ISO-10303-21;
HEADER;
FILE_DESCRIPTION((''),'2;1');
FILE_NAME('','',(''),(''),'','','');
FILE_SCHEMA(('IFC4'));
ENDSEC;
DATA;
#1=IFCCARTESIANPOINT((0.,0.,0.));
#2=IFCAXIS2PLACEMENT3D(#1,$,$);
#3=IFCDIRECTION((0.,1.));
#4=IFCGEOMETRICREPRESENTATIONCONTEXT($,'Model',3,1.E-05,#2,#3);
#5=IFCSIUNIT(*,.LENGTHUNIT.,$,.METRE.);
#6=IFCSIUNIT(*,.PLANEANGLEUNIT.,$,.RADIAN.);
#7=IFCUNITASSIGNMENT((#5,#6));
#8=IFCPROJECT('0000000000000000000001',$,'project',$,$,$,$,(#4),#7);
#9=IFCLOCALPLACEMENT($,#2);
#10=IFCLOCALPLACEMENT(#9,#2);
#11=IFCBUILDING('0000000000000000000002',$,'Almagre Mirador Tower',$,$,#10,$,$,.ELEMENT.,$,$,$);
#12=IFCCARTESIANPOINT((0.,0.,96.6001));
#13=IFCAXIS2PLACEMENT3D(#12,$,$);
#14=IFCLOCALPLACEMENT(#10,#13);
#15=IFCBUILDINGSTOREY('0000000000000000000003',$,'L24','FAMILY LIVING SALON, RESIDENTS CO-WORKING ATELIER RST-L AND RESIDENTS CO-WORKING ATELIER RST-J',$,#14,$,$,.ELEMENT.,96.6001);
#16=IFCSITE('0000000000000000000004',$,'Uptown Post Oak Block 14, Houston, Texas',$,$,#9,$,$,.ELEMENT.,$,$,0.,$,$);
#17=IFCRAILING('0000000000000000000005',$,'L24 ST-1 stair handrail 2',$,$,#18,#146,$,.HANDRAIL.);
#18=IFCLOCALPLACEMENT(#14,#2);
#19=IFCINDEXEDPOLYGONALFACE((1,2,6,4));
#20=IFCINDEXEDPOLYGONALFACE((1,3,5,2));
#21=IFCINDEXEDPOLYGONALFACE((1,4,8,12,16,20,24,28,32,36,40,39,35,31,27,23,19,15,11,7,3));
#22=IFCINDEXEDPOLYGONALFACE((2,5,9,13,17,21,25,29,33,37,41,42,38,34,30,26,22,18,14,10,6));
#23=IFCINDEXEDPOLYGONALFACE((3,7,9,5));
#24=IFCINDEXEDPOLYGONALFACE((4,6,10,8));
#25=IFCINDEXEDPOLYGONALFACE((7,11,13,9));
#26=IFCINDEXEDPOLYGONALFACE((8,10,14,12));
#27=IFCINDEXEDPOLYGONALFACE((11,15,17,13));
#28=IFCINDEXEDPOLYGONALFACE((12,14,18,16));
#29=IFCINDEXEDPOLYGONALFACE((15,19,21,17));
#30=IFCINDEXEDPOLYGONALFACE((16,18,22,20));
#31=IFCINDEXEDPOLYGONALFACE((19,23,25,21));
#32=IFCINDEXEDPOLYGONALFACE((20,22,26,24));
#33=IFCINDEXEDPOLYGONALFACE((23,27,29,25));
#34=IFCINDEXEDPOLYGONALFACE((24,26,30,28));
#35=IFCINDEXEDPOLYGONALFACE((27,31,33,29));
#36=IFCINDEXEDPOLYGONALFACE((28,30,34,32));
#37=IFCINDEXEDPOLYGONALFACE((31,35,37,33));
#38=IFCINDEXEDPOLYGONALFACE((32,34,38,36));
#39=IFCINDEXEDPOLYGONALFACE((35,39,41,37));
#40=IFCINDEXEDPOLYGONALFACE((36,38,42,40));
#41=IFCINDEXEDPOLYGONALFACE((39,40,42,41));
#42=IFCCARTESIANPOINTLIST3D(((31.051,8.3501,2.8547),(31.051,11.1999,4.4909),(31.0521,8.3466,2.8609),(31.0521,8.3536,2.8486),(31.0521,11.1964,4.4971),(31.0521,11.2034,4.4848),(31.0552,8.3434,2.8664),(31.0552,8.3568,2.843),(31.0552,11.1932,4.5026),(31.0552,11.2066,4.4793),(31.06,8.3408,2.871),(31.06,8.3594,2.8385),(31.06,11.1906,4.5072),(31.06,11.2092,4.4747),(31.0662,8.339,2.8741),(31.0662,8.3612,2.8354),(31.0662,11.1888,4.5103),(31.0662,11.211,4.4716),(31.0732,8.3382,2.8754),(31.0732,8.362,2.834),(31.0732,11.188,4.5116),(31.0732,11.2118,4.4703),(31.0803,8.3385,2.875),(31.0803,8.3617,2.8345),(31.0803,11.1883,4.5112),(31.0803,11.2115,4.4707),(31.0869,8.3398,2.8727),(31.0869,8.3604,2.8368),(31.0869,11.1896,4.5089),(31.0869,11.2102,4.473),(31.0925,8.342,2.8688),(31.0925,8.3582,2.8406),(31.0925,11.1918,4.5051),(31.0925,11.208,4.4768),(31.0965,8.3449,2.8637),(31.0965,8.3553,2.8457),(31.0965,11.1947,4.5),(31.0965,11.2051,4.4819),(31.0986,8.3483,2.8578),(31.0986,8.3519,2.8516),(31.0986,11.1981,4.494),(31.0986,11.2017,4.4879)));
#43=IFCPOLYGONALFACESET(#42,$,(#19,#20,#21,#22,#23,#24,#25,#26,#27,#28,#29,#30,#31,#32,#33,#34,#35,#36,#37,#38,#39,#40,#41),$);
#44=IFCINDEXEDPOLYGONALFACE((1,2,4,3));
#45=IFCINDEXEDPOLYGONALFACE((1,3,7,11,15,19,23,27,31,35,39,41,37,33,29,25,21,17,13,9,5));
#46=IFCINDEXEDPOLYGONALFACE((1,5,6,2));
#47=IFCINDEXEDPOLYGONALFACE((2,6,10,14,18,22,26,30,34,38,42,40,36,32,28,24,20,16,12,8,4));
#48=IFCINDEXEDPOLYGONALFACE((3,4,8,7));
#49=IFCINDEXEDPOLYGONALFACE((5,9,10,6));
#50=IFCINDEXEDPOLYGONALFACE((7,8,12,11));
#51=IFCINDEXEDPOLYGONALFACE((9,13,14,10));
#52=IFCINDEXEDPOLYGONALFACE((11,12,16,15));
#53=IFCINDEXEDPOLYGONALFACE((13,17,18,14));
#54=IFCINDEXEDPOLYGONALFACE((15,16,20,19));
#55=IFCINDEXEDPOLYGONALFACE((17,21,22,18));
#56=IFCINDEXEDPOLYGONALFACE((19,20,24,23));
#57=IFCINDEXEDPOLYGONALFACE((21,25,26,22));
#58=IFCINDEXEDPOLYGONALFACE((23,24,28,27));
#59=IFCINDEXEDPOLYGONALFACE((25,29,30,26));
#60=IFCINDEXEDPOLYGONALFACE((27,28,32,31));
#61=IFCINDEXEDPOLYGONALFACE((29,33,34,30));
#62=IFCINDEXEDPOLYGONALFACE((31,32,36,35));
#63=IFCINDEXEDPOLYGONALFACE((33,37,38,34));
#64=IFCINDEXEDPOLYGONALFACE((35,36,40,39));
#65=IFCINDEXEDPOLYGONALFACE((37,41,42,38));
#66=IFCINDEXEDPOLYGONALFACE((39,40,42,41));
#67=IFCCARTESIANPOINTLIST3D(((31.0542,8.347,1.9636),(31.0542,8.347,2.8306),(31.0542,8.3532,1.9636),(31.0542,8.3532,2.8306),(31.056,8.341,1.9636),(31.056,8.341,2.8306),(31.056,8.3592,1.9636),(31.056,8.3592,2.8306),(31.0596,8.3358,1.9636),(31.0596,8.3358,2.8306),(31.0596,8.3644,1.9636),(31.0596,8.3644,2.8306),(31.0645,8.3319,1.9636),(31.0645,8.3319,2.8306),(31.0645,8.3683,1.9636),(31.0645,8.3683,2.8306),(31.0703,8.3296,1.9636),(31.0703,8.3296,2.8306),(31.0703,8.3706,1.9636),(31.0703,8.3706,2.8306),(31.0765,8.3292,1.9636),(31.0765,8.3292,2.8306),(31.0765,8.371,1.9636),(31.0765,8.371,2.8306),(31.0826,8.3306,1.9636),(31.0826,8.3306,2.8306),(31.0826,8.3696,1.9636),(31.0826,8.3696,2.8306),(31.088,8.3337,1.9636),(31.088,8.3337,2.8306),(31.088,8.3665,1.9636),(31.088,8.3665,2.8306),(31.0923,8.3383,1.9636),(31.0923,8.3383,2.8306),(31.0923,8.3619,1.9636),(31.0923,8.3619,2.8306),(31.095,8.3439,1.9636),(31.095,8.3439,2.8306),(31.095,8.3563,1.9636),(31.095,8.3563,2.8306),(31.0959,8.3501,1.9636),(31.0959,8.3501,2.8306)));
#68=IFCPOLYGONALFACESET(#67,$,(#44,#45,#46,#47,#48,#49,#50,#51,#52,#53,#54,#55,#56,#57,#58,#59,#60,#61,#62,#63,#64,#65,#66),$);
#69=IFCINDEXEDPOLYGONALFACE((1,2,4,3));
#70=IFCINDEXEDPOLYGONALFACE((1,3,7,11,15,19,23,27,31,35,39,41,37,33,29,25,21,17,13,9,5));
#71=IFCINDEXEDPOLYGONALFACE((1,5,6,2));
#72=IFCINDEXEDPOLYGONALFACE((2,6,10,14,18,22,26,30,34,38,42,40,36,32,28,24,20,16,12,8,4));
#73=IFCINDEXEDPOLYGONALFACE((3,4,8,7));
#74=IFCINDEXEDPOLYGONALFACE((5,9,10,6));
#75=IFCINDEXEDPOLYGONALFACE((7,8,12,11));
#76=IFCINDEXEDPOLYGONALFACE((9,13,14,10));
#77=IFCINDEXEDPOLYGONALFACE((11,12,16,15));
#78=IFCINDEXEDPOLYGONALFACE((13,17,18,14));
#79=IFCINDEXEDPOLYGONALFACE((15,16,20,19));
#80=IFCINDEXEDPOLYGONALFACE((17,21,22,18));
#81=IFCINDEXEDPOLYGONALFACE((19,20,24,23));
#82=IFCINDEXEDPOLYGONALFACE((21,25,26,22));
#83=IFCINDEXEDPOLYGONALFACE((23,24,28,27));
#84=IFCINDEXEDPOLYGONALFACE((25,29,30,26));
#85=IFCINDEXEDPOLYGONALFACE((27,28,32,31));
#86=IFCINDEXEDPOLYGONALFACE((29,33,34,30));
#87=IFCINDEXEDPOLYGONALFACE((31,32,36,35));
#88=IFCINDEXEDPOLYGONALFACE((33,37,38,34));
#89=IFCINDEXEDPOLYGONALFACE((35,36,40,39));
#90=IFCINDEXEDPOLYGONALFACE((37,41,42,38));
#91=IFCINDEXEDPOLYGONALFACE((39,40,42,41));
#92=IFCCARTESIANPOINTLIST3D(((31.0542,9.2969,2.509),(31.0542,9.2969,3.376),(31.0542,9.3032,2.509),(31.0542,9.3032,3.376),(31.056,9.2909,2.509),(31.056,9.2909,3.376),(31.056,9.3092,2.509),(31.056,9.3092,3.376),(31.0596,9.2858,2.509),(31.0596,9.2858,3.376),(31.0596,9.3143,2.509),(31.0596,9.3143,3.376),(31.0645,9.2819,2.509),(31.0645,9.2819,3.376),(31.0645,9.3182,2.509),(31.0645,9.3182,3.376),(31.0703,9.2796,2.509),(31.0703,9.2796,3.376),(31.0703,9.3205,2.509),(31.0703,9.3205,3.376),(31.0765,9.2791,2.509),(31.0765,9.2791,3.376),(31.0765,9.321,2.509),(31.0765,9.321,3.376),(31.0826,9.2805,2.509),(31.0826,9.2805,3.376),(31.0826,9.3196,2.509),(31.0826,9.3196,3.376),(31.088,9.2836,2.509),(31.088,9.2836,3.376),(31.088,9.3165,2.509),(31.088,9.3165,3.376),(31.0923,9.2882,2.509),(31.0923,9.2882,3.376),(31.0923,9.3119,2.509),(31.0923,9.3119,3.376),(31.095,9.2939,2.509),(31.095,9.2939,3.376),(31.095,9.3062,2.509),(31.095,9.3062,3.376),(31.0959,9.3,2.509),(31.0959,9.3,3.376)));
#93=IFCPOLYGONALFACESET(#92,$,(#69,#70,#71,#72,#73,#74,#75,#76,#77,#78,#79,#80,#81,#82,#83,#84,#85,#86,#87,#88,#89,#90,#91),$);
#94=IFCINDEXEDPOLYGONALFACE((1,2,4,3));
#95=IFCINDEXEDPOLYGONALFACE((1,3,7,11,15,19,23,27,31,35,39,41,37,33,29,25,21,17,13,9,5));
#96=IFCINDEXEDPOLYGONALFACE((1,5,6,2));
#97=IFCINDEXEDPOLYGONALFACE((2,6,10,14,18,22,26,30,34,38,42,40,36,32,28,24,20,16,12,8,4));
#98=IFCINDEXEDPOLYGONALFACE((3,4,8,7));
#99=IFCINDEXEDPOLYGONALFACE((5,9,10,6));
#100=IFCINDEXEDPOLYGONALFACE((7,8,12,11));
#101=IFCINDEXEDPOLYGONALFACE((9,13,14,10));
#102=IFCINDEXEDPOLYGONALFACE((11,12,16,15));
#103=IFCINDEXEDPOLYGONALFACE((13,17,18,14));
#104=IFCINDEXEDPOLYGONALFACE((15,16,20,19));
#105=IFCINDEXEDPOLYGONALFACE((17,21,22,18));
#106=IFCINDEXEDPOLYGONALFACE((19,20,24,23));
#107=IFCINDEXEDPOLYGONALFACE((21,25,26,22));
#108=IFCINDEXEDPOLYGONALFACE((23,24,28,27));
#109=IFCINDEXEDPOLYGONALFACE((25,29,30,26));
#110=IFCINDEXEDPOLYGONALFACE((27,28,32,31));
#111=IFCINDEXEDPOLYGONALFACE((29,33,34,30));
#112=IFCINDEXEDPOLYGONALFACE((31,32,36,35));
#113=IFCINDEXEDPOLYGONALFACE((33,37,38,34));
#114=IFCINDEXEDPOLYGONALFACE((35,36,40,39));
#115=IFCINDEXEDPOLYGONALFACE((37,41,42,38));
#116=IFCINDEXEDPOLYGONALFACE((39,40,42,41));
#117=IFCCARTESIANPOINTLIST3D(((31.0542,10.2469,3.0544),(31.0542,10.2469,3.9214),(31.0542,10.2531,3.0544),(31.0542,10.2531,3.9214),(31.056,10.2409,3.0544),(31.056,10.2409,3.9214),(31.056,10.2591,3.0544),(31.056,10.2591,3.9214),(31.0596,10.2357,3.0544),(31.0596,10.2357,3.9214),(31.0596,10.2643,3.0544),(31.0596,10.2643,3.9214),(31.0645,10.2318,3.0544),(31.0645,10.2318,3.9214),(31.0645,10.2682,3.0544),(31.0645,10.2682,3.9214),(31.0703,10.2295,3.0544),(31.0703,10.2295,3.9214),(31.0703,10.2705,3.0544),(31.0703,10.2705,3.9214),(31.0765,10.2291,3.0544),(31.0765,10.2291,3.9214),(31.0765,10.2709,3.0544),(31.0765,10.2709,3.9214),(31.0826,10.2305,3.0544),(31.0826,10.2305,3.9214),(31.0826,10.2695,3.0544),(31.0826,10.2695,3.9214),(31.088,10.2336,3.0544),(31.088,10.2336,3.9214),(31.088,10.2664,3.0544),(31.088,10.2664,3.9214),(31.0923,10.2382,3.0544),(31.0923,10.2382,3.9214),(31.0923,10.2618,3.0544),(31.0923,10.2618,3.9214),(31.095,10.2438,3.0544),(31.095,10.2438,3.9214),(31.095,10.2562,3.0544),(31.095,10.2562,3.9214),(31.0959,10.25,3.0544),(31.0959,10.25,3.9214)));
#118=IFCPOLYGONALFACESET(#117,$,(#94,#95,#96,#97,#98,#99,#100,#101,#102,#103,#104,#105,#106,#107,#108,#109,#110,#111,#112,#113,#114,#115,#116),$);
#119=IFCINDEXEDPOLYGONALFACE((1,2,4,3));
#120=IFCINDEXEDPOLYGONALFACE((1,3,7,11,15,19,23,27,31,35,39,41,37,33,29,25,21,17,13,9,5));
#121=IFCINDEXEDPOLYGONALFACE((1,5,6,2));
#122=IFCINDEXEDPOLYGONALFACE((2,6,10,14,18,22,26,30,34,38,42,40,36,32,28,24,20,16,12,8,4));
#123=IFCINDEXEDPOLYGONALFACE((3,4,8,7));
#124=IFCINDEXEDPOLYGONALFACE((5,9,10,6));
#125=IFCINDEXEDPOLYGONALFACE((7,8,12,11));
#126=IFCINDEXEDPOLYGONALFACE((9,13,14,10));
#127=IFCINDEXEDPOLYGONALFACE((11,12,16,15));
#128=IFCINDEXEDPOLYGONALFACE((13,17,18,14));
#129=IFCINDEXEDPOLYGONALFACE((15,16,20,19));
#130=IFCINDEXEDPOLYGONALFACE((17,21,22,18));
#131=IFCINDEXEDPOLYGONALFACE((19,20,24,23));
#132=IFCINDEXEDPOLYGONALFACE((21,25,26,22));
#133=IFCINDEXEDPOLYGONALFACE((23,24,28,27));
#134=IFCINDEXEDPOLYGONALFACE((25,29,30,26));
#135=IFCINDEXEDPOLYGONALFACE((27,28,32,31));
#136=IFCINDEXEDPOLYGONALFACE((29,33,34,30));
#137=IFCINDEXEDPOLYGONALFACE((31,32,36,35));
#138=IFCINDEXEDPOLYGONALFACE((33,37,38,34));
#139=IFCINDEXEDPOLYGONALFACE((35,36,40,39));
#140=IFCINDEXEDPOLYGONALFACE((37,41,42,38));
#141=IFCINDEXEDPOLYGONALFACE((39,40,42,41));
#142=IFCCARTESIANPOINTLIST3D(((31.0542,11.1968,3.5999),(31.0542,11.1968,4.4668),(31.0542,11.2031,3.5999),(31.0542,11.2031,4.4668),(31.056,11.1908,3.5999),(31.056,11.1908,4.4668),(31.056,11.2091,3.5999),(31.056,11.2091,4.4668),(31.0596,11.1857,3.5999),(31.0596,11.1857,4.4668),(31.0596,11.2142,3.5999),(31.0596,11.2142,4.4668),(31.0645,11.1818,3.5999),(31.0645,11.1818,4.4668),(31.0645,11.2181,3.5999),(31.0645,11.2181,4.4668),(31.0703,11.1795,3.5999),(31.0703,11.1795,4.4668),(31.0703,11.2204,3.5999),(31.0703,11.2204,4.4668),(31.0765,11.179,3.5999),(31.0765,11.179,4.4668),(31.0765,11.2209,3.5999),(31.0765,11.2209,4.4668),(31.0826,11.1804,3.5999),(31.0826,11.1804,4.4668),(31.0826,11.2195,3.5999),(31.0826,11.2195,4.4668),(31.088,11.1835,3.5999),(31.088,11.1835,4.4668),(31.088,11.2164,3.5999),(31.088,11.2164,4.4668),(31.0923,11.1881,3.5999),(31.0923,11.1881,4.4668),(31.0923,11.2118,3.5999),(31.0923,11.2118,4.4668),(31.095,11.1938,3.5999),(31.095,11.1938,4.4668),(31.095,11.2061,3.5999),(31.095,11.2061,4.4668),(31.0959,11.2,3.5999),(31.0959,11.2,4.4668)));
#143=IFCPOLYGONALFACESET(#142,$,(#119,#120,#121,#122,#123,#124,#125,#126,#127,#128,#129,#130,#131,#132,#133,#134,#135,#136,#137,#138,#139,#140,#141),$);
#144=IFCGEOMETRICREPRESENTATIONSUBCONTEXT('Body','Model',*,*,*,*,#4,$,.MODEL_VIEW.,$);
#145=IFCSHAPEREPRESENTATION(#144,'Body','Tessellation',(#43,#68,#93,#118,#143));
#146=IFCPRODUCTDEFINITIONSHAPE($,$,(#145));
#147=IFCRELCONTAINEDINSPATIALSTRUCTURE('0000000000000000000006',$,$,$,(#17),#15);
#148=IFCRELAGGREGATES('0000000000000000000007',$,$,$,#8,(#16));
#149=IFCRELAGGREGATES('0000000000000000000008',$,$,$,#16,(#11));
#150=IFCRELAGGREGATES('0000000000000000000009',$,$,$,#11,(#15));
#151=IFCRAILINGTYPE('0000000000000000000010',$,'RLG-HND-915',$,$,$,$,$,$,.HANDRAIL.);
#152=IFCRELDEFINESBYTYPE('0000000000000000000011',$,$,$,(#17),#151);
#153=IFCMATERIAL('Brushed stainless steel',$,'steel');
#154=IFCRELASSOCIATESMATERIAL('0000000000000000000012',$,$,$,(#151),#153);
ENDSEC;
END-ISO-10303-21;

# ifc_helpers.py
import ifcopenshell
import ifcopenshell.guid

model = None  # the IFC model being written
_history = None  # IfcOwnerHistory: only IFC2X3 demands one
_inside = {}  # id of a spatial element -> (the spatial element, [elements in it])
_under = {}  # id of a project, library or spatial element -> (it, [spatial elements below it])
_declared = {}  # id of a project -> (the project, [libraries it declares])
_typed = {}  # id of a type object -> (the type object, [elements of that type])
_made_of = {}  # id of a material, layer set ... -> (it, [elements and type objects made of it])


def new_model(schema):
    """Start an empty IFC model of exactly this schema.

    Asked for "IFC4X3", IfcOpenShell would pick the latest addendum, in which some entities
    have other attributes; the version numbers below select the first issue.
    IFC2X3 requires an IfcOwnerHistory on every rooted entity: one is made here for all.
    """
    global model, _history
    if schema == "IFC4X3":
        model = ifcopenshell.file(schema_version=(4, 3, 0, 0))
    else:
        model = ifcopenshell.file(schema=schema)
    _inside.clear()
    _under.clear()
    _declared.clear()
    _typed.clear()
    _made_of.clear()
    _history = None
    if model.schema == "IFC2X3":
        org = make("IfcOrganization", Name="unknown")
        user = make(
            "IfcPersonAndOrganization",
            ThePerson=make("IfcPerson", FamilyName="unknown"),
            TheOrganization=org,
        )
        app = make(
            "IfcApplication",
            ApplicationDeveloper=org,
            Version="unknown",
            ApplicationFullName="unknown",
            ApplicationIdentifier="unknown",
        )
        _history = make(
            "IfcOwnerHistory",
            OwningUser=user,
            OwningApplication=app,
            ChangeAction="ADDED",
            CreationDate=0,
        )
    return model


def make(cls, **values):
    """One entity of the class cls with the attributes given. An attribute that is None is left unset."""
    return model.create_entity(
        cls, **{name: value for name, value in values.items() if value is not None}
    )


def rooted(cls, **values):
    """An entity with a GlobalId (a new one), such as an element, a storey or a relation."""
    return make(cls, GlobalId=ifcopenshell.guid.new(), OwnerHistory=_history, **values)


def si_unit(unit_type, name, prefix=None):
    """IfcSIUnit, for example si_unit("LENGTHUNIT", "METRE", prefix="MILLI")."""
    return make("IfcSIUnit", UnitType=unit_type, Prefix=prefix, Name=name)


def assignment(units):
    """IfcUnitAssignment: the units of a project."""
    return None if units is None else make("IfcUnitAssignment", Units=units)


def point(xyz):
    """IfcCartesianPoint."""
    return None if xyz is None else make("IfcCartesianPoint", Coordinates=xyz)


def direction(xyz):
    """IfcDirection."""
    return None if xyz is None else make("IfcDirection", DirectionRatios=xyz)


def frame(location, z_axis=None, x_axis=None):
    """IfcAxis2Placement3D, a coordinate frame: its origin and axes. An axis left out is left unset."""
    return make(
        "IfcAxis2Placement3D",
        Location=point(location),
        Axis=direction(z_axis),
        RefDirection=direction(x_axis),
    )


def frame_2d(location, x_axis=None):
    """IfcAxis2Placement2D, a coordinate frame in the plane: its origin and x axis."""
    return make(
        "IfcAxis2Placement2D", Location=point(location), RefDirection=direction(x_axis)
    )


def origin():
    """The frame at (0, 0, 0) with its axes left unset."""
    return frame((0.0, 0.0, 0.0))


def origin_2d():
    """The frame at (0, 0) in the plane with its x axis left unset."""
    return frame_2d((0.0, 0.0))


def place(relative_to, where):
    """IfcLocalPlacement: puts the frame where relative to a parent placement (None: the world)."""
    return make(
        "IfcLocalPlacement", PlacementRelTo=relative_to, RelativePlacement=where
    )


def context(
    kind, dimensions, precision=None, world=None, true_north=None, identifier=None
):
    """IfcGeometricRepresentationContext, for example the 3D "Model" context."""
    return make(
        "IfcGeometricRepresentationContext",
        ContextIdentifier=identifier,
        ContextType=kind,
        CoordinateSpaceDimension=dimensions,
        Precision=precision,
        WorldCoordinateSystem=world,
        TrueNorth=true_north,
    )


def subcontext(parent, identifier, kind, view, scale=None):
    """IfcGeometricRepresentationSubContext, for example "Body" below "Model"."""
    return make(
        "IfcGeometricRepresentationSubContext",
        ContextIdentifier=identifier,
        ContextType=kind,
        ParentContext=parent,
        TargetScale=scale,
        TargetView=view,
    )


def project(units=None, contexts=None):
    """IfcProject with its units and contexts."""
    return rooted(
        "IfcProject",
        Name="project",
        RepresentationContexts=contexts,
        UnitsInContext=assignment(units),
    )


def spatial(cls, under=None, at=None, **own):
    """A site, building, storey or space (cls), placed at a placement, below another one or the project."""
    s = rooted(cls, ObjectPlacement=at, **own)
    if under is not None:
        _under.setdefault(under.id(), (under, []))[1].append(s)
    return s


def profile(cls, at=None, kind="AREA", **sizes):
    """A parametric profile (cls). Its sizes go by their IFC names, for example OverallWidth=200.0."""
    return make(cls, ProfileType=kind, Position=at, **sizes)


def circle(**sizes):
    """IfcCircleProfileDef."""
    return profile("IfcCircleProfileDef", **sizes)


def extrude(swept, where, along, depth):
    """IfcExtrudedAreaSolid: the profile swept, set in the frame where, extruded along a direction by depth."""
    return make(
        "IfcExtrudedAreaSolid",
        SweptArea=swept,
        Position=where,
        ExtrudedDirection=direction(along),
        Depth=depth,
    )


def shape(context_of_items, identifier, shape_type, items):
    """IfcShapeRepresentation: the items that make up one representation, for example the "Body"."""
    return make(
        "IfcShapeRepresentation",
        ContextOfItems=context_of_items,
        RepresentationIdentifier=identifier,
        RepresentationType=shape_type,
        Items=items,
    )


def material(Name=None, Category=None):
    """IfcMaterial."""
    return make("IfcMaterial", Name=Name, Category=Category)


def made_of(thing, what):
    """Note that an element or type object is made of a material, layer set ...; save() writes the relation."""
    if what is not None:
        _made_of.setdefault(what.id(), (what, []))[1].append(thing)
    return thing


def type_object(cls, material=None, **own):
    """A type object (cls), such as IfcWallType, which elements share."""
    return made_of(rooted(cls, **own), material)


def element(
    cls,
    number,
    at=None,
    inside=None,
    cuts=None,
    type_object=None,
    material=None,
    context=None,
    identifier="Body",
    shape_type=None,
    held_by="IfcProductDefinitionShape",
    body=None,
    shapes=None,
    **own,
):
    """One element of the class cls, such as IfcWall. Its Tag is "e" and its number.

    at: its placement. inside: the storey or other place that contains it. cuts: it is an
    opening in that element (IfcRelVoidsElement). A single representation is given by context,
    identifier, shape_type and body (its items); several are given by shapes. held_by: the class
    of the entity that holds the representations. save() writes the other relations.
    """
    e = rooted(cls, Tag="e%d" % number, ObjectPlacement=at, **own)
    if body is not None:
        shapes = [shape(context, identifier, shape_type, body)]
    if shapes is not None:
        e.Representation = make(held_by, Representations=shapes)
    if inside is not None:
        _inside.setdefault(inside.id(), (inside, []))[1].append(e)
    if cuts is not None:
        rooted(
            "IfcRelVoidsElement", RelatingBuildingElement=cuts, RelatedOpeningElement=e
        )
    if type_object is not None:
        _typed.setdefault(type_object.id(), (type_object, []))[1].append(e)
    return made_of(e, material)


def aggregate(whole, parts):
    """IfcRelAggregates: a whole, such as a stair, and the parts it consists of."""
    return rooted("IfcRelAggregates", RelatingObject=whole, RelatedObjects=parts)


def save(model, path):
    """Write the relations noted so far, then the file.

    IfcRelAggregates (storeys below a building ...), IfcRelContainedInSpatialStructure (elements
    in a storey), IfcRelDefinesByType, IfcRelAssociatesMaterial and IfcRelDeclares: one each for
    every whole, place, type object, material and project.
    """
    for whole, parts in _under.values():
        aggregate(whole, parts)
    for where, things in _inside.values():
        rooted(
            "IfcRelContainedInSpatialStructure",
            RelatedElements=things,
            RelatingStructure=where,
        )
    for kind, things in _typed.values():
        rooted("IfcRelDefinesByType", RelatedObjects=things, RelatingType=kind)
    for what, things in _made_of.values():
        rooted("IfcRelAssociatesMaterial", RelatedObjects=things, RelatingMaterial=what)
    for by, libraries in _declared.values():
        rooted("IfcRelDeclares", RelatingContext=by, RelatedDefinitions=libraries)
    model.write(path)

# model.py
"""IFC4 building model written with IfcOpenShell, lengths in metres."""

from ifc_helpers import new_model, si_unit, direction, frame, origin, origin_2d, place, context, subcontext, project, spatial, circle, extrude, material, type_object, element, save


model = new_model("IFC4")

# Units and contexts
model_context = context("Model", 3, precision=1e-05, world=origin(), true_north=direction((0.0, 1.0)))
body_context = subcontext(model_context, "Body", "Model", "MODEL_VIEW")
ifc_project = project(units=[si_unit("LENGTHUNIT", "METRE"), si_unit("PLANEANGLEUNIT", "RADIAN")], contexts=[model_context])

# Site, building, storey
site_placement = place(None, origin())
site = spatial("IfcSite", under=ifc_project, at=site_placement, Name="Uptown Post Oak Block 14, Houston, Texas", CompositionType="ELEMENT", RefElevation=0.0)
building_placement = place(site_placement, origin())
building = spatial("IfcBuilding", under=site, at=building_placement, Name="Almagre Mirador Tower", CompositionType="ELEMENT")
storey_placement = place(building_placement, frame((0.0, 0.0, 96.6001)))
storey = spatial("IfcBuildingStorey", under=building, at=storey_placement, Name="L24", Description="FAMILY LIVING SALON, RESIDENTS CO-WORKING ATELIER RST-L AND RESIDENTS CO-WORKING ATELIER RST-J", CompositionType="ELEMENT", Elevation=96.6001)

# Railing
ifc_material_1 = material(Name="Brushed stainless steel", Category="steel")
railing_type_1 = type_object("IfcRailingType", Name="RLG-HND-915", PredefinedType="HANDRAIL", material=ifc_material_1)
railing_1_placement = place(storey_placement, frame((31.075, 8.3501, 1.9636)))
element("IfcRailing", 1, at=railing_1_placement, inside=storey, type_object=railing_type_1, Name="L24 ST-1 stair handrail 2", PredefinedType="HANDRAIL", context=body_context, shape_type="SweptSolid", body=[
    extrude(circle(Radius=0.0239, at=origin_2d()), frame((0.0, 0.0, 0.8911), z_axis=(0.0, 0.867226, 0.497914), x_axis=(-1.0, 0.0, 0.0)), (0.0, 0.0, 1.0), 3.2861),
    extrude(circle(Radius=0.021, at=origin_2d()), origin(), (0.0, 0.0, 1.0), 0.8669),
    extrude(circle(Radius=0.021, at=origin_2d()), frame((0.0, 0.95, 0.5454)), (0.0, 0.0, 1.0), 0.8669),
    extrude(circle(Radius=0.021, at=origin_2d()), frame((0.0, 1.8999, 1.0908)), (0.0, 0.0, 1.0), 0.8669),
    extrude(circle(Radius=0.021, at=origin_2d()), frame((0.0, 2.8499, 1.6362)), (0.0, 0.0, 1.0), 0.8669),
])

save(model, "model.ifc")
